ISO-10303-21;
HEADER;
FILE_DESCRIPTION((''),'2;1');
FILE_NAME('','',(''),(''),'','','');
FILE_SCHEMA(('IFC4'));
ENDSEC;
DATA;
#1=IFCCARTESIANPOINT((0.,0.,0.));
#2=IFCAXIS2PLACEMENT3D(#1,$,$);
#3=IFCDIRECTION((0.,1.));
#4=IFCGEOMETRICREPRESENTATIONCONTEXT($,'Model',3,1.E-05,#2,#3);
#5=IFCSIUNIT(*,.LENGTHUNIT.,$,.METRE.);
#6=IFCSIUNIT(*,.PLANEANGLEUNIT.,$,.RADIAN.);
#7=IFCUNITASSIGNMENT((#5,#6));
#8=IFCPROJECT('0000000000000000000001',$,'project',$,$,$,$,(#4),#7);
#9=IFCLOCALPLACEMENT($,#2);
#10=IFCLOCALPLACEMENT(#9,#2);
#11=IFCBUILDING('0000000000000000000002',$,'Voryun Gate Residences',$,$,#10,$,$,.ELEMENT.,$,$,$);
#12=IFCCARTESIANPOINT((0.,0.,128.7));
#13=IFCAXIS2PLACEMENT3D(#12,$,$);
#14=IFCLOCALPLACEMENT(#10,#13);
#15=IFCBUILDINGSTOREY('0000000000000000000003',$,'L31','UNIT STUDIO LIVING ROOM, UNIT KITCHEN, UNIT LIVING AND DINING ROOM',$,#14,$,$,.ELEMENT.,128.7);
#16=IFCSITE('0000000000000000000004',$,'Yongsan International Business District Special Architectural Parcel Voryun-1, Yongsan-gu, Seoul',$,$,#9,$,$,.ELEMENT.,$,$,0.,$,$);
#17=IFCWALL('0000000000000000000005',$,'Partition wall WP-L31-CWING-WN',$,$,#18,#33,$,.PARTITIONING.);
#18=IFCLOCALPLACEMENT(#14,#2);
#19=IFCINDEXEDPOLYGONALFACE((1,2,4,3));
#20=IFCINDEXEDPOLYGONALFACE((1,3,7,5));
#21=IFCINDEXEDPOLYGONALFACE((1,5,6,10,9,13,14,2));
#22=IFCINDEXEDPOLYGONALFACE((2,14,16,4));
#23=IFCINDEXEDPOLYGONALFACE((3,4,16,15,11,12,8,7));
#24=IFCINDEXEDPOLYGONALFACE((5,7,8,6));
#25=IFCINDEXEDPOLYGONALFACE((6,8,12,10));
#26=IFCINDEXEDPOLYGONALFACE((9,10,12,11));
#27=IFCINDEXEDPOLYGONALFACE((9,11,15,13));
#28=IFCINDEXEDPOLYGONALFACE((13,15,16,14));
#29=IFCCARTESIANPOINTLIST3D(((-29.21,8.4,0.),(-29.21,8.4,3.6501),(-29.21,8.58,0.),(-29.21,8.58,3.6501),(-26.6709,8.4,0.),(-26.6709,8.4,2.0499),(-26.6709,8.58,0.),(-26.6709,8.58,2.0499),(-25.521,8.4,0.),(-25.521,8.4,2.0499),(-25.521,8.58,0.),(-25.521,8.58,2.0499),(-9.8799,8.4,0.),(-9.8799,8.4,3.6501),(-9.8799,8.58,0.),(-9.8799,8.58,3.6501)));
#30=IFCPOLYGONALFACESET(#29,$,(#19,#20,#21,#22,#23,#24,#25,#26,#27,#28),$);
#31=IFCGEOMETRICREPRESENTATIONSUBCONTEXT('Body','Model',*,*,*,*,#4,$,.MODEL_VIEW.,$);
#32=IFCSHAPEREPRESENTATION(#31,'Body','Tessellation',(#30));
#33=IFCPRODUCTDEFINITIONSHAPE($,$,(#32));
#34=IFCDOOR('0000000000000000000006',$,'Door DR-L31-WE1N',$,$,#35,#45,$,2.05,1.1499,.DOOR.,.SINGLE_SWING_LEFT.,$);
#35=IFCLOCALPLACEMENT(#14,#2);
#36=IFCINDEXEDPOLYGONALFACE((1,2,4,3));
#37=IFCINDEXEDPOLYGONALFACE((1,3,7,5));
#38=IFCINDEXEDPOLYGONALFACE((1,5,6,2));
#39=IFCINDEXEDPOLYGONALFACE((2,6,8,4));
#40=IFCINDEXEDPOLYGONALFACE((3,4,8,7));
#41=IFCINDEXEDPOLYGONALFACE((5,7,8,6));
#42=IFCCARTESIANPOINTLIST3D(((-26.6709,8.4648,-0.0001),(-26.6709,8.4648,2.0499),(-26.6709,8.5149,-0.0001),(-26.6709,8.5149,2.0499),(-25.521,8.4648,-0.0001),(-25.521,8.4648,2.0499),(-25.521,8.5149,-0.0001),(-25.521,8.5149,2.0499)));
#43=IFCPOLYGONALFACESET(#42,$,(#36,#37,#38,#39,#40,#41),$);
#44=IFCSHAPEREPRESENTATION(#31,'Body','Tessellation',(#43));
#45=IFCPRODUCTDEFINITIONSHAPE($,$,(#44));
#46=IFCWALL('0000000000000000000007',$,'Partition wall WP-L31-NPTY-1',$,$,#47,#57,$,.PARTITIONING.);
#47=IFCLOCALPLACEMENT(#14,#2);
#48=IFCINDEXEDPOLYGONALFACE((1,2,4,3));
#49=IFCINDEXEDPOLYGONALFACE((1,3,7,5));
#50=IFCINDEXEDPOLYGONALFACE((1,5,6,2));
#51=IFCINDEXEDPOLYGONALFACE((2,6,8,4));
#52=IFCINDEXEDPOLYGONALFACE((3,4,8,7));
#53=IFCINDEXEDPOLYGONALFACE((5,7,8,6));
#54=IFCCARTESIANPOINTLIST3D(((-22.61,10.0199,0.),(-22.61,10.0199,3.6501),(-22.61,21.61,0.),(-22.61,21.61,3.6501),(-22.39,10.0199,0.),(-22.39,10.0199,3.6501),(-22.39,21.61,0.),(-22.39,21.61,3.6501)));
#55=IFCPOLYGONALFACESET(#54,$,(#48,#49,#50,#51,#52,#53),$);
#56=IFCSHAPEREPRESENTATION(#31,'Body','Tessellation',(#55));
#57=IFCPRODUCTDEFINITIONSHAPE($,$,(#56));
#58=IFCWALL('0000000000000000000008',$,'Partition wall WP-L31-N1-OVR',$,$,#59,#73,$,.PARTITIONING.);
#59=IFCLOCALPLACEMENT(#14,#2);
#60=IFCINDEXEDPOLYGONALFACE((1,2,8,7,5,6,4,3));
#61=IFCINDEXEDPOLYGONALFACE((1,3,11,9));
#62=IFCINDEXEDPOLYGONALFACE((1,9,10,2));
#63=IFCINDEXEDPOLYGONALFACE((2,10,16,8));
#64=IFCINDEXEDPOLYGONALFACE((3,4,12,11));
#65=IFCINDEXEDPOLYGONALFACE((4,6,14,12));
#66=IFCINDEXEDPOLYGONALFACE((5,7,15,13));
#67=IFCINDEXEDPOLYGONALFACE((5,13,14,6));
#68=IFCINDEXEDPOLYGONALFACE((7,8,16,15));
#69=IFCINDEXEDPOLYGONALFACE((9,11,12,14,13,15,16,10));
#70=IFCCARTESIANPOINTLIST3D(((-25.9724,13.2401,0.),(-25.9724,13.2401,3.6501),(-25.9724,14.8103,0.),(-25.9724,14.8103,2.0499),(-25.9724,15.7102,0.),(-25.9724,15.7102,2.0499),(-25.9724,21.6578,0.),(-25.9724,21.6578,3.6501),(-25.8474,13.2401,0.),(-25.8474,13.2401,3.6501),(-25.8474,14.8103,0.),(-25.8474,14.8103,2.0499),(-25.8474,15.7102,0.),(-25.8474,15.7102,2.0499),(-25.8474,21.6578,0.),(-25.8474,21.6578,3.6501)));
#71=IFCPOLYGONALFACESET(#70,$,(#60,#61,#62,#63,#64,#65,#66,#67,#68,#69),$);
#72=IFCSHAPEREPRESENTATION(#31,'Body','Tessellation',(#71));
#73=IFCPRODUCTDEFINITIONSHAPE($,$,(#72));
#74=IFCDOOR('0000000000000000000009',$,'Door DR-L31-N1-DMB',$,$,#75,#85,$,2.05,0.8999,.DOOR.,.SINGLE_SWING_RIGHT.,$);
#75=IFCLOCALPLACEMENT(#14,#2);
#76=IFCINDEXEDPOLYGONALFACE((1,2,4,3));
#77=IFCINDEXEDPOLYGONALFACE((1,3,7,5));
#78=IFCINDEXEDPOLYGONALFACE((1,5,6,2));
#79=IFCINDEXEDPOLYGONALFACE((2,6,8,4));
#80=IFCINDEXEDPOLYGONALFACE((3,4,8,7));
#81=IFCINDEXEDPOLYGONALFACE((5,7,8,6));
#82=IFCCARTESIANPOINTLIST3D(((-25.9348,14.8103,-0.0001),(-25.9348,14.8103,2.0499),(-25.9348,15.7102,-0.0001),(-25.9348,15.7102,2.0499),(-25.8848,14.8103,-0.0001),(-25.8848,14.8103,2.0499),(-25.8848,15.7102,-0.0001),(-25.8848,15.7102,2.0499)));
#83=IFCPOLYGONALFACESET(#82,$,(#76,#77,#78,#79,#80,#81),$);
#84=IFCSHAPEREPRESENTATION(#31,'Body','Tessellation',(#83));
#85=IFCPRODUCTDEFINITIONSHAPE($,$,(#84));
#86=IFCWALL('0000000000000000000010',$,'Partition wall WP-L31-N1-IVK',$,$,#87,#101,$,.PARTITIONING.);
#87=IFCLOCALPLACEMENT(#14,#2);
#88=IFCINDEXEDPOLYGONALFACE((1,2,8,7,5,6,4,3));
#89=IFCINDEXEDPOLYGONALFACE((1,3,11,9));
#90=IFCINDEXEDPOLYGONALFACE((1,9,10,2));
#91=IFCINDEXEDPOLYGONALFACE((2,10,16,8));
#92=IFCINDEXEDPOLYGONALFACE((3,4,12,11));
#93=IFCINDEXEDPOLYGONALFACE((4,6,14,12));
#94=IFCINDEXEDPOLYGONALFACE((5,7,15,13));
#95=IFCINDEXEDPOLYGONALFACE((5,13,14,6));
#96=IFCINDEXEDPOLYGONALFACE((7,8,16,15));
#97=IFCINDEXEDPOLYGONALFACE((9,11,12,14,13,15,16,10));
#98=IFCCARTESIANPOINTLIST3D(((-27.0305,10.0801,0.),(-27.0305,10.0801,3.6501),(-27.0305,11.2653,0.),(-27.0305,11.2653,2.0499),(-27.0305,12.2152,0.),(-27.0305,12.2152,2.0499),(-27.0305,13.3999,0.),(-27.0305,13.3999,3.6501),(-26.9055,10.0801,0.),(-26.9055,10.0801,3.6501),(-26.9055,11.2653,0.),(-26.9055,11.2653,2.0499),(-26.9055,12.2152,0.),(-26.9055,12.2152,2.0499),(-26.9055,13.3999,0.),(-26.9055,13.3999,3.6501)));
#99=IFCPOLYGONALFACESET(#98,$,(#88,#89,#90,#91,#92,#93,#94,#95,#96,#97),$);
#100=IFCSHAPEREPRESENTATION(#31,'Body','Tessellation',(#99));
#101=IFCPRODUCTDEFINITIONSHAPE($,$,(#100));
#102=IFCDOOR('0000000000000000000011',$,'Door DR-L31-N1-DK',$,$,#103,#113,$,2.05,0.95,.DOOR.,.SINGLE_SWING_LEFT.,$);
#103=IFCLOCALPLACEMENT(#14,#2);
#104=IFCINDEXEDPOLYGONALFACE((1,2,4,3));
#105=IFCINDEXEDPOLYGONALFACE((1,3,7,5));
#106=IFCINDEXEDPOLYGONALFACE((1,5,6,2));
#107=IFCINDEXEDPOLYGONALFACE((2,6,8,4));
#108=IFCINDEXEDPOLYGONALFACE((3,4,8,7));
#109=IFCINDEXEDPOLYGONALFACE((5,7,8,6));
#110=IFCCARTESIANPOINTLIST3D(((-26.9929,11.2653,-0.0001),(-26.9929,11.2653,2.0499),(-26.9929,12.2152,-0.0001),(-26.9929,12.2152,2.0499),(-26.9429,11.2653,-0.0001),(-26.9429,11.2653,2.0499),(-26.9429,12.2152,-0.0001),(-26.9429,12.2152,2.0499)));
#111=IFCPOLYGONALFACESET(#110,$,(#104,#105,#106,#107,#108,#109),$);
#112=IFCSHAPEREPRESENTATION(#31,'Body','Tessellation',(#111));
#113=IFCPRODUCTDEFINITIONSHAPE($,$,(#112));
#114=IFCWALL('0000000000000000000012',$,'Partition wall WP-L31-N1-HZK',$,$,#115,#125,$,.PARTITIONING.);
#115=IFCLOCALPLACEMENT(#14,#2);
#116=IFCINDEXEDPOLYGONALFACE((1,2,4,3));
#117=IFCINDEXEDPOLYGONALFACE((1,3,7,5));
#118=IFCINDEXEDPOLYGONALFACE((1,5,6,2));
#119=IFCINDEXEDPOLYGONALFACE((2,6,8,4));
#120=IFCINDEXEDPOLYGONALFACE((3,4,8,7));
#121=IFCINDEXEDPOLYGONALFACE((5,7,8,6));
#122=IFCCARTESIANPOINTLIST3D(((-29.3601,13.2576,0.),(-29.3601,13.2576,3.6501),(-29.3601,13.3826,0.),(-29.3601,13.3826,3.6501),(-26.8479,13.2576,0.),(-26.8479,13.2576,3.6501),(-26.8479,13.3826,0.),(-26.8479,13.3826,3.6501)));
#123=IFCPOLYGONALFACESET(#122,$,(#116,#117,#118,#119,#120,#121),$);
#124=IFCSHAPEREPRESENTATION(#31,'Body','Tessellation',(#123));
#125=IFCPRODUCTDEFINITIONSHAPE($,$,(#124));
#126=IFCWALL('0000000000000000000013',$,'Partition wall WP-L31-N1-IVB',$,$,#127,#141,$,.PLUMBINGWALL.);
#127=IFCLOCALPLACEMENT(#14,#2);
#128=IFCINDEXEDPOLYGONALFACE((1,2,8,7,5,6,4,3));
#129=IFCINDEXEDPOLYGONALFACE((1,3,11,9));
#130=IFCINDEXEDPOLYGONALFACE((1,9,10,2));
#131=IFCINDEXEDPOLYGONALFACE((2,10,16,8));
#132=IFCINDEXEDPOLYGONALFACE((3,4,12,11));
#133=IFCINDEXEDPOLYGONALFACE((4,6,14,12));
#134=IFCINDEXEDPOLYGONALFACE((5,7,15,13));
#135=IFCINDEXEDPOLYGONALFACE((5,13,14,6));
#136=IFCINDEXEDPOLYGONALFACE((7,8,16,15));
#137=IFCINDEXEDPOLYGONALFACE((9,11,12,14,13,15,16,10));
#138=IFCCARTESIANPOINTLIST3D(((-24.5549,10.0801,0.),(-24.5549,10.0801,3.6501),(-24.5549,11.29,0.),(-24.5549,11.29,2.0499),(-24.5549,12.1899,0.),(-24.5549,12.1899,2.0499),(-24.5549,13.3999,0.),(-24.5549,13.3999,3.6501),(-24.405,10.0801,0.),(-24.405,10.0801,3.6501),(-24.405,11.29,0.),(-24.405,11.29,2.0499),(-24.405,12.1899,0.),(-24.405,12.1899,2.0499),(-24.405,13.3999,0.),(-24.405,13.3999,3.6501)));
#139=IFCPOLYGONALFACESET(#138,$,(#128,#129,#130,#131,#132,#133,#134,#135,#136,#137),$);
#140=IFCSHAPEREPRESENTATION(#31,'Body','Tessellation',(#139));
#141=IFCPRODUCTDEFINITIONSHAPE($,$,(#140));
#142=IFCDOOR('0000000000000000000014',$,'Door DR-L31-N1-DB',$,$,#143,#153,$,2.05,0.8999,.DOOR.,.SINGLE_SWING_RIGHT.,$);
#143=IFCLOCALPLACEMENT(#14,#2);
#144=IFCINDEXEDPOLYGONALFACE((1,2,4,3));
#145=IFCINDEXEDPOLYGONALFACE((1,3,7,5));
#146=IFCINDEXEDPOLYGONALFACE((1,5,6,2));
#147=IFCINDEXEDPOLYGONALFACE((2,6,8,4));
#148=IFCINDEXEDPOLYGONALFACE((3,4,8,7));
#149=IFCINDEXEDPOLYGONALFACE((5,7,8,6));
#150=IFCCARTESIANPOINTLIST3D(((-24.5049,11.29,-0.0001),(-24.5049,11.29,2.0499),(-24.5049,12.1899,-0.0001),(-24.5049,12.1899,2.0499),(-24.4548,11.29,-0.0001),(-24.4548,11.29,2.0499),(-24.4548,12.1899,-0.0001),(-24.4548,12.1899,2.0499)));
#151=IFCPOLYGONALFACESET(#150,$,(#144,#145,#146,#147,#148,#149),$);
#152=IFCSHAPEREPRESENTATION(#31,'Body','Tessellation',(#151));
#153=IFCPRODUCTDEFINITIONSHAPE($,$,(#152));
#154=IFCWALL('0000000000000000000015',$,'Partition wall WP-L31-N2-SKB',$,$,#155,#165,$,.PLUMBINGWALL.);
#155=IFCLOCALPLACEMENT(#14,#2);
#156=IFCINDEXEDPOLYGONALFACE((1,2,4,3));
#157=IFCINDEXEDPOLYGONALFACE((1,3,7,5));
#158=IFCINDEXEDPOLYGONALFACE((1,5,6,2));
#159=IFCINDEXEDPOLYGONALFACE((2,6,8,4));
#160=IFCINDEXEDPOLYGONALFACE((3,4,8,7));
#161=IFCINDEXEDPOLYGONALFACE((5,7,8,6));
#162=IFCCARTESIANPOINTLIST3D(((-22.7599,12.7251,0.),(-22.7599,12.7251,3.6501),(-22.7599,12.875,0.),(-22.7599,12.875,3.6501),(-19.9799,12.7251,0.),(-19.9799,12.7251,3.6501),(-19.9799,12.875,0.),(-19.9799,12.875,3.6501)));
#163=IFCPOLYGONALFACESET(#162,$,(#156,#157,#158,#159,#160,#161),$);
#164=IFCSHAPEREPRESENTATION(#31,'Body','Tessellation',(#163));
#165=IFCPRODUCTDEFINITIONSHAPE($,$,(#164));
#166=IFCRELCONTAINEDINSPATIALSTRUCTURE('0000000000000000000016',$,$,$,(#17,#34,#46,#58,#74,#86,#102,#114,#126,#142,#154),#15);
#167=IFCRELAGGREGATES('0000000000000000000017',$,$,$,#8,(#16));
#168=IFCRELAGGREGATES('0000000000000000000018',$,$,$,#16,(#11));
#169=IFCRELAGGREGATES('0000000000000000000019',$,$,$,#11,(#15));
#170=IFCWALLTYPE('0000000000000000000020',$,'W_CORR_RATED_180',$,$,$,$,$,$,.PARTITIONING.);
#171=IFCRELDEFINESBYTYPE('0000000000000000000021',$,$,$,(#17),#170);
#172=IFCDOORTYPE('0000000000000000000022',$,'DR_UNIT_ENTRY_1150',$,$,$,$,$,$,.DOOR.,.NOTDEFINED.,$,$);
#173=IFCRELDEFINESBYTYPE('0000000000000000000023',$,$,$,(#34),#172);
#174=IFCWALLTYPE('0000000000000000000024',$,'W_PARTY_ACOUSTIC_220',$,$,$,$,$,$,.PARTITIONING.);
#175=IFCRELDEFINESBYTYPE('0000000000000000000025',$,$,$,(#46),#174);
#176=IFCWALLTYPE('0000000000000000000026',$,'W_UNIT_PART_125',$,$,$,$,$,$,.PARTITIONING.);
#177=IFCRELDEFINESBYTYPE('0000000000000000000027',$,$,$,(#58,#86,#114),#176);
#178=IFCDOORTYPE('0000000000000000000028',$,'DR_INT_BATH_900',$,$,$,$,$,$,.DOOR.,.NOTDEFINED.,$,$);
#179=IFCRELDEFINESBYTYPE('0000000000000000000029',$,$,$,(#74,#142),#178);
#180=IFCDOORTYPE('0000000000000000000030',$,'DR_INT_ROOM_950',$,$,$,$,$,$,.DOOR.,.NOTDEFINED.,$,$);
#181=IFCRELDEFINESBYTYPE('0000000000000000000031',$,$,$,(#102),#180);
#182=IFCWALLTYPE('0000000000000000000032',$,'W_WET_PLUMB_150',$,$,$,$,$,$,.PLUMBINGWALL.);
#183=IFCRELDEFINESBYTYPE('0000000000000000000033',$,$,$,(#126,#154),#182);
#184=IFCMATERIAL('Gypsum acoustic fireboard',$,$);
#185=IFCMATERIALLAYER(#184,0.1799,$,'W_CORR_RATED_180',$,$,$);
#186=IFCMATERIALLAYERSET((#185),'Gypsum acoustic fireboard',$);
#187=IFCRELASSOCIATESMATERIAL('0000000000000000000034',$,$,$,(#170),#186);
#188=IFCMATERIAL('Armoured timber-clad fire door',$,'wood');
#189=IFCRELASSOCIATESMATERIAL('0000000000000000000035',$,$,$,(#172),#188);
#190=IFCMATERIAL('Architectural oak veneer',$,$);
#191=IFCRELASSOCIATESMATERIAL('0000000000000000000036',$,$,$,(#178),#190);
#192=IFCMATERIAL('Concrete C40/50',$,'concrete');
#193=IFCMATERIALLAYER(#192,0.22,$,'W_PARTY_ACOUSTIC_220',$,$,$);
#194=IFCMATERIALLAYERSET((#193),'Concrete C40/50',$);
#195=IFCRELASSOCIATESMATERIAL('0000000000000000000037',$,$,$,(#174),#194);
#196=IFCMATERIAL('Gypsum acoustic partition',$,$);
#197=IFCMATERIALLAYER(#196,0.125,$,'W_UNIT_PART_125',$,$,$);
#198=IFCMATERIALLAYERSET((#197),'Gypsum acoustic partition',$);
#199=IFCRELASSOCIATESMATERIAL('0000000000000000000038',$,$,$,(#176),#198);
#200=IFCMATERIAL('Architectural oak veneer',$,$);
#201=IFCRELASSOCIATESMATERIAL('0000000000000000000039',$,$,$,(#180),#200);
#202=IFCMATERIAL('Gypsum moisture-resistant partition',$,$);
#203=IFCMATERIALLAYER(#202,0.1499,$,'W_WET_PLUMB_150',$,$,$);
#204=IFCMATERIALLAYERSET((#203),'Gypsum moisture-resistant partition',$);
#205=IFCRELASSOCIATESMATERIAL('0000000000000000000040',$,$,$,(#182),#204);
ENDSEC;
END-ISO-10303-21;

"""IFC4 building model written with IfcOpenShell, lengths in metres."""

from ifc_helpers import new_model, si_unit, direction, frame, frame_2d, origin, place, context, subcontext, project, spatial, rectangle, extrude, material, layer, layer_set, type_object, element, fill, save


model = new_model("IFC4")

# Units and contexts
model_context = context("Model", 3, precision=1e-05, world=origin(), true_north=direction((0.0, 1.0)))
body_context = subcontext(model_context, "Body", "Model", "MODEL_VIEW")
ifc_project = project(units=[si_unit("LENGTHUNIT", "METRE"), si_unit("PLANEANGLEUNIT", "RADIAN")], contexts=[model_context])

# Site, building, storey
site_placement = place(None, origin())
site = spatial("IfcSite", under=ifc_project, at=site_placement, Name="Yongsan International Business District Special Architectural Parcel Voryun-1, Yongsan-gu, Seoul", CompositionType="ELEMENT", RefElevation=0.0)
building_placement = place(site_placement, origin())
building = spatial("IfcBuilding", under=site, at=building_placement, Name="Voryun Gate Residences", CompositionType="ELEMENT")
storey_placement = place(building_placement, frame((0.0, 0.0, 128.7)))
storey = spatial("IfcBuildingStorey", under=building, at=storey_placement, Name="L31", Description="UNIT STUDIO LIVING ROOM, UNIT KITCHEN, UNIT LIVING AND DINING ROOM", CompositionType="ELEMENT", Elevation=128.7)

# Wall, opening, door
ifc_material_1 = material(Name="Gypsum acoustic fireboard")
ifc_layer_1 = layer(ifc_material_1, 0.1799, Name="W_CORR_RATED_180")
ifc_layer_set_1 = layer_set([ifc_layer_1], Name="Gypsum acoustic fireboard")
wall_type_1 = type_object("IfcWallType", Name="W_CORR_RATED_180", PredefinedType="PARTITIONING", material=ifc_layer_set_1)
wall_1_placement = place(storey_placement, frame((-29.21, 8.49, 0.0), z_axis=(0.0, 0.0, 1.0), x_axis=(1.0, 0.0, 0.0)))
wall_1 = element("IfcWall", 1, at=wall_1_placement, inside=storey, type_object=wall_type_1, Name="Partition wall WP-L31-CWING-WN", PredefinedType="PARTITIONING", context=body_context, shape_type="SweptSolid", body=[
    extrude(rectangle(XDim=19.3301, YDim=0.1799, at=frame_2d((9.665, 0.0))), origin(), (0.0, 0.0, 1.0), 3.6501),
])
opening_1_placement = place(wall_1_placement, frame((2.5391, 0.0, 0.0)))
opening_1 = element("IfcOpeningElement", 2, at=opening_1_placement, cuts=wall_1, PredefinedType="OPENING", context=body_context, shape_type="SweptSolid", body=[
    extrude(rectangle(XDim=1.1499, YDim=2.05, at=frame_2d((0.575, 1.0249))), frame((0.0, 0.0999, 0.0), z_axis=(0.0, -1.0, 0.0), x_axis=(1.0, 0.0, 0.0)), (0.0, 0.0, 1.0), 0.2),
])
ifc_material_2 = material(Name="Armoured timber-clad fire door", Category="wood")
door_type_1 = type_object("IfcDoorType", Name="DR_UNIT_ENTRY_1150", OperationType="NOTDEFINED", PredefinedType="DOOR", material=ifc_material_2)
door_1_placement = place(opening_1_placement, origin())
door_1 = element("IfcDoor", 3, at=door_1_placement, inside=storey, type_object=door_type_1, Name="Door DR-L31-WE1N", OperationType="SINGLE_SWING_LEFT", OverallHeight=2.05, OverallWidth=1.1499, PredefinedType="DOOR", context=body_context, shape_type="SweptSolid", body=[
    extrude(rectangle(XDim=1.1499, YDim=2.05, at=frame_2d((0.575, 1.0249))), frame((0.0, 0.0249, 0.0), z_axis=(0.0, -1.0, 0.0), x_axis=(1.0, 0.0, 0.0)), (0.0, 0.0, 1.0), 0.05),
])
fill(opening_1, door_1)

# Shared definitions
ifc_material_3 = material(Name="Architectural oak veneer")
door_type_2 = type_object("IfcDoorType", Name="DR_INT_BATH_900", OperationType="NOTDEFINED", PredefinedType="DOOR", material=ifc_material_3)

# Wall
ifc_material_4 = material(Name="Concrete C40/50", Category="concrete")
ifc_layer_2 = layer(ifc_material_4, 0.22, Name="W_PARTY_ACOUSTIC_220")
ifc_layer_set_2 = layer_set([ifc_layer_2], Name="Concrete C40/50")
wall_type_2 = type_object("IfcWallType", Name="W_PARTY_ACOUSTIC_220", PredefinedType="PARTITIONING", material=ifc_layer_set_2)
wall_2_placement = place(storey_placement, frame((-22.5, 10.02, 0.0), z_axis=(0.0, 0.0, 1.0), x_axis=(0.0, 1.0, 0.0)))
element("IfcWall", 4, at=wall_2_placement, inside=storey, type_object=wall_type_2, Name="Partition wall WP-L31-NPTY-1", PredefinedType="PARTITIONING", context=body_context, shape_type="SweptSolid", body=[
    extrude(rectangle(XDim=11.5901, YDim=0.22, at=frame_2d((5.7949, 0.0))), origin(), (0.0, 0.0, 1.0), 3.6501),
])

# Walls, openings, doors
ifc_material_5 = material(Name="Gypsum acoustic partition")
ifc_layer_3 = layer(ifc_material_5, 0.125, Name="W_UNIT_PART_125")
ifc_layer_set_3 = layer_set([ifc_layer_3], Name="Gypsum acoustic partition")
wall_type_3 = type_object("IfcWallType", Name="W_UNIT_PART_125", PredefinedType="PARTITIONING", material=ifc_layer_set_3)
wall_3_placement = place(storey_placement, frame((-25.9099, 13.24, 0.0), z_axis=(0.0, 0.0, 1.0), x_axis=(0.0, 1.0, 0.0)))
wall_3 = element("IfcWall", 5, at=wall_3_placement, inside=storey, type_object=wall_type_3, Name="Partition wall WP-L31-N1-OVR", PredefinedType="PARTITIONING", context=body_context, shape_type="SweptSolid", body=[
    extrude(rectangle(XDim=8.4177, YDim=0.125, at=frame_2d((4.209, 0.0))), origin(), (0.0, 0.0, 1.0), 3.6501),
])
opening_2_placement = place(wall_3_placement, frame((1.5703, 0.0, 0.0)))
opening_2 = element("IfcOpeningElement", 6, at=opening_2_placement, cuts=wall_3, PredefinedType="OPENING", context=body_context, shape_type="SweptSolid", body=[
    extrude(rectangle(XDim=0.8999, YDim=2.05, at=frame_2d((0.45, 1.0249))), frame((0.0, 0.0725, 0.0), z_axis=(0.0, -1.0, 0.0), x_axis=(1.0, 0.0, 0.0)), (0.0, 0.0, 1.0), 0.145),
])
door_2_placement = place(opening_2_placement, origin())
door_2 = element("IfcDoor", 7, at=door_2_placement, inside=storey, type_object=door_type_2, Name="Door DR-L31-N1-DMB", OperationType="SINGLE_SWING_RIGHT", OverallHeight=2.05, OverallWidth=0.8999, PredefinedType="DOOR", context=body_context, shape_type="SweptSolid", body=[
    extrude(rectangle(XDim=0.8999, YDim=2.05, at=frame_2d((0.45, 1.0249))), frame((0.0, 0.0249, 0.0), z_axis=(0.0, -1.0, 0.0), x_axis=(1.0, 0.0, 0.0)), (0.0, 0.0, 1.0), 0.05),
])
fill(opening_2, door_2)
wall_4_placement = place(storey_placement, frame((-26.968, 10.0801, 0.0), z_axis=(0.0, 0.0, 1.0), x_axis=(0.0, 1.0, 0.0)))
wall_4 = element("IfcWall", 8, at=wall_4_placement, inside=storey, type_object=wall_type_3, Name="Partition wall WP-L31-N1-IVK", PredefinedType="PARTITIONING", context=body_context, shape_type="SweptSolid", body=[
    extrude(rectangle(XDim=3.3198, YDim=0.125, at=frame_2d((1.6599, 0.0))), origin(), (0.0, 0.0, 1.0), 3.6501),
])
opening_3_placement = place(wall_4_placement, frame((1.1851, 0.0, 0.0)))
opening_3 = element("IfcOpeningElement", 9, at=opening_3_placement, cuts=wall_4, PredefinedType="OPENING", context=body_context, shape_type="SweptSolid", body=[
    extrude(rectangle(XDim=0.95, YDim=2.05, at=frame_2d((0.4751, 1.0249))), frame((0.0, 0.0725, 0.0), z_axis=(0.0, -1.0, 0.0), x_axis=(1.0, 0.0, 0.0)), (0.0, 0.0, 1.0), 0.145),
])
ifc_material_6 = material(Name="Architectural oak veneer")
door_type_3 = type_object("IfcDoorType", Name="DR_INT_ROOM_950", OperationType="NOTDEFINED", PredefinedType="DOOR", material=ifc_material_6)
door_3_placement = place(opening_3_placement, origin())
door_3 = element("IfcDoor", 10, at=door_3_placement, inside=storey, type_object=door_type_3, Name="Door DR-L31-N1-DK", OperationType="SINGLE_SWING_LEFT", OverallHeight=2.05, OverallWidth=0.95, PredefinedType="DOOR", context=body_context, shape_type="SweptSolid", body=[
    extrude(rectangle(XDim=0.95, YDim=2.05, at=frame_2d((0.4751, 1.0249))), frame((0.0, 0.0249, 0.0), z_axis=(0.0, -1.0, 0.0), x_axis=(1.0, 0.0, 0.0)), (0.0, 0.0, 1.0), 0.05),
])
fill(opening_3, door_3)

# Wall
wall_5_placement = place(storey_placement, frame((-29.3601, 13.3201, 0.0), z_axis=(0.0, 0.0, 1.0), x_axis=(1.0, 0.0, 0.0)))
element("IfcWall", 11, at=wall_5_placement, inside=storey, type_object=wall_type_3, Name="Partition wall WP-L31-N1-HZK", PredefinedType="PARTITIONING", context=body_context, shape_type="SweptSolid", body=[
    extrude(rectangle(XDim=2.5122, YDim=0.125, at=frame_2d((1.2561, 0.0))), origin(), (0.0, 0.0, 1.0), 3.6501),
])

# Wall, opening, door
ifc_material_7 = material(Name="Gypsum moisture-resistant partition")
ifc_layer_4 = layer(ifc_material_7, 0.1499, Name="W_WET_PLUMB_150")
ifc_layer_set_4 = layer_set([ifc_layer_4], Name="Gypsum moisture-resistant partition")
wall_type_4 = type_object("IfcWallType", Name="W_WET_PLUMB_150", PredefinedType="PLUMBINGWALL", material=ifc_layer_set_4)
wall_6_placement = place(storey_placement, frame((-24.48, 10.0801, 0.0), z_axis=(0.0, 0.0, 1.0), x_axis=(0.0, 1.0, 0.0)))
wall_6 = element("IfcWall", 12, at=wall_6_placement, inside=storey, type_object=wall_type_4, Name="Partition wall WP-L31-N1-IVB", PredefinedType="PLUMBINGWALL", context=body_context, shape_type="SweptSolid", body=[
    extrude(rectangle(XDim=3.3198, YDim=0.1499, at=frame_2d((1.6599, 0.0))), origin(), (0.0, 0.0, 1.0), 3.6501),
])
opening_4_placement = place(wall_6_placement, frame((1.21, 0.0, 0.0)))
opening_4 = element("IfcOpeningElement", 13, at=opening_4_placement, cuts=wall_6, PredefinedType="OPENING", context=body_context, shape_type="SweptSolid", body=[
    extrude(rectangle(XDim=0.8999, YDim=2.05, at=frame_2d((0.45, 1.0249))), frame((0.0, 0.085, 0.0), z_axis=(0.0, -1.0, 0.0), x_axis=(1.0, 0.0, 0.0)), (0.0, 0.0, 1.0), 0.1699),
])
door_4_placement = place(opening_4_placement, origin())
door_4 = element("IfcDoor", 14, at=door_4_placement, inside=storey, type_object=door_type_2, Name="Door DR-L31-N1-DB", OperationType="SINGLE_SWING_RIGHT", OverallHeight=2.05, OverallWidth=0.8999, PredefinedType="DOOR", context=body_context, shape_type="SweptSolid", body=[
    extrude(rectangle(XDim=0.8999, YDim=2.05, at=frame_2d((0.45, 1.0249))), frame((0.0, 0.0249, 0.0), z_axis=(0.0, -1.0, 0.0), x_axis=(1.0, 0.0, 0.0)), (0.0, 0.0, 1.0), 0.05),
])
fill(opening_4, door_4)

# Wall
wall_7_placement = place(storey_placement, frame((-22.76, 12.8, 0.0), z_axis=(0.0, 0.0, 1.0), x_axis=(1.0, 0.0, 0.0)))
element("IfcWall", 15, at=wall_7_placement, inside=storey, type_object=wall_type_4, Name="Partition wall WP-L31-N2-SKB", PredefinedType="PLUMBINGWALL", context=body_context, shape_type="SweptSolid", body=[
    extrude(rectangle(XDim=2.78, YDim=0.1499, at=frame_2d((1.3901, 0.0))), origin(), (0.0, 0.0, 1.0), 3.6501),
])

save(model, "model.ifc")
